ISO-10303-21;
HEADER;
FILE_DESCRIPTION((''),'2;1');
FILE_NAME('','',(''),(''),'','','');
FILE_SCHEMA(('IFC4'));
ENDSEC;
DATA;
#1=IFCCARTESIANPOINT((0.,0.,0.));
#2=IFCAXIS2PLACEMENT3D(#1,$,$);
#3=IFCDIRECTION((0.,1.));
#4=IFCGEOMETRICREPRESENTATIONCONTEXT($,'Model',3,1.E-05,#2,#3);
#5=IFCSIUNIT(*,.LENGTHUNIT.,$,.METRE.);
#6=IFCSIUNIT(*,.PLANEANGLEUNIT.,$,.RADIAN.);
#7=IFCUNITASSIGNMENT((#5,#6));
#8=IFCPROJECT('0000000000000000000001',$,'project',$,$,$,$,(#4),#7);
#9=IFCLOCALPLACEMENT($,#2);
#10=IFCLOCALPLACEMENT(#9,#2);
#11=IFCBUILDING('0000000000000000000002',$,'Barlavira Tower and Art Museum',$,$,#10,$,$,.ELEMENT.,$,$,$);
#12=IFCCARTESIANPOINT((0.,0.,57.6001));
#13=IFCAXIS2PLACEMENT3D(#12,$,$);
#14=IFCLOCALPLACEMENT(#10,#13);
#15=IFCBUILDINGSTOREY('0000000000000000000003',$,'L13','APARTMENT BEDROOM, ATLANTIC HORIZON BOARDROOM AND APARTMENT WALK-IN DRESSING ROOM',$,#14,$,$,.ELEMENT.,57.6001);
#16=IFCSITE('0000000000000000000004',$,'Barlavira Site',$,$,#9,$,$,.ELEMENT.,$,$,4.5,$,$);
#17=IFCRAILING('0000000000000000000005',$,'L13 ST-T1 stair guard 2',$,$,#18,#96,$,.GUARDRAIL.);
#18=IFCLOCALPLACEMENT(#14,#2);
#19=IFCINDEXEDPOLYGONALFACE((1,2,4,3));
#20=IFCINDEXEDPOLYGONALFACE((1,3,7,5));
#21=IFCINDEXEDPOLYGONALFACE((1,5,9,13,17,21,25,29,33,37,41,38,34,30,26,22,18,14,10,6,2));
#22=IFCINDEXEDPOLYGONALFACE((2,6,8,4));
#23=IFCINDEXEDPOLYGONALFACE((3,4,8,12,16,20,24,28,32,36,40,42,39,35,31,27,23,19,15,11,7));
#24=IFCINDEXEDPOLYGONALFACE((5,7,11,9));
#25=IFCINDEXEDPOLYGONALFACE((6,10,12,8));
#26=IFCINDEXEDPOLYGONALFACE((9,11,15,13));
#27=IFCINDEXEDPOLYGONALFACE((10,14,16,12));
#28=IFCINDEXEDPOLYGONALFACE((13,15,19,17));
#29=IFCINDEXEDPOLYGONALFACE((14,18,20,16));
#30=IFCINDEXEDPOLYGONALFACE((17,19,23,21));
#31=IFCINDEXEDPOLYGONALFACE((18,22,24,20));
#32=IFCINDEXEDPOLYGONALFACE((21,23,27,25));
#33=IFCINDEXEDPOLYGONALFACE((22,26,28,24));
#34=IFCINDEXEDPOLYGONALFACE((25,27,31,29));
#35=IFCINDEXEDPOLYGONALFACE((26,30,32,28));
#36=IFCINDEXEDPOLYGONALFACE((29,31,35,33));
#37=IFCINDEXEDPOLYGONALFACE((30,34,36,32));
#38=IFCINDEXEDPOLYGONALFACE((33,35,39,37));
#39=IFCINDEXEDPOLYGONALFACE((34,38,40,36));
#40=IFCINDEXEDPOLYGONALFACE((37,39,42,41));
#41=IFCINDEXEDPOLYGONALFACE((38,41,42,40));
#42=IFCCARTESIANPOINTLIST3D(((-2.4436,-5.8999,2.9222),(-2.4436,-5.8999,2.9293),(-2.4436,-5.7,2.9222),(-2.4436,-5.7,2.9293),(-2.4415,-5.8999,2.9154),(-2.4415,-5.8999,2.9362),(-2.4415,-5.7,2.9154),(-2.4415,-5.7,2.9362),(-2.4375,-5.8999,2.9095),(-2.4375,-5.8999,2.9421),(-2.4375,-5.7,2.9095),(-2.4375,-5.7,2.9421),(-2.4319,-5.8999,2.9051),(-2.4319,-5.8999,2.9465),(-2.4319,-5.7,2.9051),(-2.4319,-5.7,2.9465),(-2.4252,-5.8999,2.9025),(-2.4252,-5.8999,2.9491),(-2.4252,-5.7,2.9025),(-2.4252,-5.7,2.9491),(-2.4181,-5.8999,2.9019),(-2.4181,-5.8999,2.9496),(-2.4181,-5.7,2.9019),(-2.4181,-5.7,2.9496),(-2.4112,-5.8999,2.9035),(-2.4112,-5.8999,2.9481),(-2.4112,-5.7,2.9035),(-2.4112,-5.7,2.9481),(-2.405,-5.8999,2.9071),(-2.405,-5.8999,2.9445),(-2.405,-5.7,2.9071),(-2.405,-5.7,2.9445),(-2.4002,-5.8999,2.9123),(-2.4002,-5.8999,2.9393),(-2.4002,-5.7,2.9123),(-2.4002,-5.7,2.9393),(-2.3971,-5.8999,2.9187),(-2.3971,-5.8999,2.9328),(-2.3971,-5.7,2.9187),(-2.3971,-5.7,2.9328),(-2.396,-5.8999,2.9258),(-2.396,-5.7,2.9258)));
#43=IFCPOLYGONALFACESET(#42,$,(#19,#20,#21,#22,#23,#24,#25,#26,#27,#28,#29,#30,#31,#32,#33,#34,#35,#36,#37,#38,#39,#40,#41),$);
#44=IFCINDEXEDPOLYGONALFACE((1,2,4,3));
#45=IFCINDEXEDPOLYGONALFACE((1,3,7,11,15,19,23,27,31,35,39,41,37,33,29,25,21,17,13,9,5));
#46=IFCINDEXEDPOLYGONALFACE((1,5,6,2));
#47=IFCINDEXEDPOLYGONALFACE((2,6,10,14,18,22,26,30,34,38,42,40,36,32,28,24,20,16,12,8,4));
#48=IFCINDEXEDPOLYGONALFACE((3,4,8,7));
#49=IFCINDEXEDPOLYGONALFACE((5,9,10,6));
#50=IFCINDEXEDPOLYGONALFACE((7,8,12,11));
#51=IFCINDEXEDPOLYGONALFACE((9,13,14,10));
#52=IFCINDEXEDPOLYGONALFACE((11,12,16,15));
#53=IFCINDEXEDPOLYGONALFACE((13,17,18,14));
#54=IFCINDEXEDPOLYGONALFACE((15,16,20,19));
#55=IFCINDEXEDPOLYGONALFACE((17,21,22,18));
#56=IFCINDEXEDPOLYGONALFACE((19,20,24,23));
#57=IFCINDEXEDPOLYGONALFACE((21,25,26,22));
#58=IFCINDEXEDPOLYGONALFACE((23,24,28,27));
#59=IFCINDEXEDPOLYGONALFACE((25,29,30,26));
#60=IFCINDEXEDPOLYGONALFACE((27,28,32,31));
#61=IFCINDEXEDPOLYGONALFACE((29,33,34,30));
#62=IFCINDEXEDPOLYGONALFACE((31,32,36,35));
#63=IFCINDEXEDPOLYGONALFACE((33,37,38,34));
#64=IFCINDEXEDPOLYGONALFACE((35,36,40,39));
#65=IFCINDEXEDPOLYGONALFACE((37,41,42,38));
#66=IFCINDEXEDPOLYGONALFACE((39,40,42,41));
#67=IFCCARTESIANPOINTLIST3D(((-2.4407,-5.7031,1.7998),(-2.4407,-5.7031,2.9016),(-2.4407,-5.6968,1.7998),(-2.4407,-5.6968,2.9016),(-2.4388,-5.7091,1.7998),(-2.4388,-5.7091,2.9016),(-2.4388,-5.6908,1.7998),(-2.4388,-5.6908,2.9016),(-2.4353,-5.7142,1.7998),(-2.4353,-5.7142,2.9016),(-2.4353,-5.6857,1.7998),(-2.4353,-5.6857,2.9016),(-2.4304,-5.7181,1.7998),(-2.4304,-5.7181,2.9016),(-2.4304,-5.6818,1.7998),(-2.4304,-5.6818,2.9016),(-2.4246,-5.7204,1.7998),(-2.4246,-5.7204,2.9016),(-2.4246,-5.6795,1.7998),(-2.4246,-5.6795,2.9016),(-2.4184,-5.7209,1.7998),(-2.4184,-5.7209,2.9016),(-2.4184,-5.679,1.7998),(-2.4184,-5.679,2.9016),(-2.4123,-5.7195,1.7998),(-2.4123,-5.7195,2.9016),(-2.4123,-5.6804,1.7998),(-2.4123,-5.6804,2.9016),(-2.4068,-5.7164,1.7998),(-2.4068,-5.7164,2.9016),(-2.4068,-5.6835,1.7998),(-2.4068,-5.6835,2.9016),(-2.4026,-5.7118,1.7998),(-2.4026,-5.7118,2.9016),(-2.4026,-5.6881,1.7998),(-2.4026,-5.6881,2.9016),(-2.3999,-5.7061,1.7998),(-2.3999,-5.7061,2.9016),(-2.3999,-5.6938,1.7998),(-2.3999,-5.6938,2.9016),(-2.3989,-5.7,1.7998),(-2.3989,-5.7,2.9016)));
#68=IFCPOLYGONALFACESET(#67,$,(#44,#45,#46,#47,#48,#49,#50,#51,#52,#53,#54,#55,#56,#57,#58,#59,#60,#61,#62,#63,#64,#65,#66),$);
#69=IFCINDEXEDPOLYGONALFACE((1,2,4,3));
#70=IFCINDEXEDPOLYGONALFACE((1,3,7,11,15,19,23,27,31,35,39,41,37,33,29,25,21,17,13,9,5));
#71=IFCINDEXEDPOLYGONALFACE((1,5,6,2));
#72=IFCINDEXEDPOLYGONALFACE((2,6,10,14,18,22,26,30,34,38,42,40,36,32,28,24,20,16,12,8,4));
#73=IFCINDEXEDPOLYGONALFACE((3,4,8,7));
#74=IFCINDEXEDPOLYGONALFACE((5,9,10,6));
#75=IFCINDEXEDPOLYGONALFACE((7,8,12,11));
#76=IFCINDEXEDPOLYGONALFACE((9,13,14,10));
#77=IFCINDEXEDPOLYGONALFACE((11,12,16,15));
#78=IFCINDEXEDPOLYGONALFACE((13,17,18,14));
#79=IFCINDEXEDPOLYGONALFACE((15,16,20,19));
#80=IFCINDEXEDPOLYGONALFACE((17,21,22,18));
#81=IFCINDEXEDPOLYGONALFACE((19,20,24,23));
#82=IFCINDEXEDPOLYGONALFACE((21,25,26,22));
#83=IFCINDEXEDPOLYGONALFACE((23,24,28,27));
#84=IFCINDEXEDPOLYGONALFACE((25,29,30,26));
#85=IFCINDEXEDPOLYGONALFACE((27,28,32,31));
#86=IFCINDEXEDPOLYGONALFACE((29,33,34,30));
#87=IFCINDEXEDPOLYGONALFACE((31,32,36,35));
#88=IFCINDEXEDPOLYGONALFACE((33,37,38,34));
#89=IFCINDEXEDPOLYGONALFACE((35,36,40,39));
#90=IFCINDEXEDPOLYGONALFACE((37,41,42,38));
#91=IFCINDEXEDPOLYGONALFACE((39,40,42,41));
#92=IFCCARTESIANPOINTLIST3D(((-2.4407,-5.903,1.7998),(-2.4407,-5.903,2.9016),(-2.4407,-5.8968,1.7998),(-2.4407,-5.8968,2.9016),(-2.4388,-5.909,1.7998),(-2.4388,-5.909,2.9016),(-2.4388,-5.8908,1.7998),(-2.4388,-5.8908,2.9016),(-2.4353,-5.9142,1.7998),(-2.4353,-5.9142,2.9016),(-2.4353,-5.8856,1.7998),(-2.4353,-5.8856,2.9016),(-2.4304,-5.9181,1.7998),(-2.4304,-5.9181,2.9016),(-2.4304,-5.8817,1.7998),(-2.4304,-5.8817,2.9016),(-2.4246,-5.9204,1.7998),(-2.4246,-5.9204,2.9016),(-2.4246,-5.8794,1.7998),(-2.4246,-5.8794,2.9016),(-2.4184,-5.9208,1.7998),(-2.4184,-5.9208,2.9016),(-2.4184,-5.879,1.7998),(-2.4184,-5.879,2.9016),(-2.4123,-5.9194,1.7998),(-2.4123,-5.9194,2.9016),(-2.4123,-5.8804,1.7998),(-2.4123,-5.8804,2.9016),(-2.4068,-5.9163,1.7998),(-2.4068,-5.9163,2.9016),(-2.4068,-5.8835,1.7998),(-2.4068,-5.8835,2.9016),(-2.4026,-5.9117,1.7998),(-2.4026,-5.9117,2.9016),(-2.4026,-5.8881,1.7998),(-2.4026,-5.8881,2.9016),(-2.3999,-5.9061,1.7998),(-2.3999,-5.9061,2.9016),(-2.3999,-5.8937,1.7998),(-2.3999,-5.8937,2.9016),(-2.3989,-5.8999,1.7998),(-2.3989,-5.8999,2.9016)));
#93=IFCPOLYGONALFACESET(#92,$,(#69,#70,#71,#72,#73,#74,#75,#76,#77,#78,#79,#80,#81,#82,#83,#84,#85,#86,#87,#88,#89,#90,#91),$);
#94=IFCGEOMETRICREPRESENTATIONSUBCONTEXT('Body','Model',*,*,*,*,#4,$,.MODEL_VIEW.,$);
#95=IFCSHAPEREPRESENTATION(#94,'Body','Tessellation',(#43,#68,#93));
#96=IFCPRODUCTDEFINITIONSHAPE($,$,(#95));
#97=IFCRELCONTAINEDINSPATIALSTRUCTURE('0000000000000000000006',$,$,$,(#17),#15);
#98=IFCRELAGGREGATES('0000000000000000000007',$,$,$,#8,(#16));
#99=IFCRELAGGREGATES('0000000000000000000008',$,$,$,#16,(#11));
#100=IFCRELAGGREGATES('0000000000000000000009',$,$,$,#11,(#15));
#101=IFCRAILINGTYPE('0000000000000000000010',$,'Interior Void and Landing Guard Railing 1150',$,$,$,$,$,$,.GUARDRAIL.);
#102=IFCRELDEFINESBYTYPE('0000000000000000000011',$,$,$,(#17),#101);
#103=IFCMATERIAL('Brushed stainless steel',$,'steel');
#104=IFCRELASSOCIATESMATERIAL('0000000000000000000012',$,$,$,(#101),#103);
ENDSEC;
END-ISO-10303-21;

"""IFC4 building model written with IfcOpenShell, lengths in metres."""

from ifc_helpers import new_model, si_unit, direction, frame, origin, origin_2d, place, context, subcontext, project, spatial, circle, extrude, material, type_object, element, save


model = new_model("IFC4")

# Units and contexts
model_context = context("Model", 3, precision=1e-05, world=origin(), true_north=direction((0.0, 1.0)))
body_context = subcontext(model_context, "Body", "Model", "MODEL_VIEW")
ifc_project = project(units=[si_unit("LENGTHUNIT", "METRE"), si_unit("PLANEANGLEUNIT", "RADIAN")], contexts=[model_context])

# Site, building, storey
site_placement = place(None, origin())
site = spatial("IfcSite", under=ifc_project, at=site_placement, Name="Barlavira Site", CompositionType="ELEMENT", RefElevation=4.5)
building_placement = place(site_placement, origin())
building = spatial("IfcBuilding", under=site, at=building_placement, Name="Barlavira Tower and Art Museum", CompositionType="ELEMENT")
storey_placement = place(building_placement, frame((0.0, 0.0, 57.6001)))
storey = spatial("IfcBuildingStorey", under=building, at=storey_placement, Name="L13", Description="APARTMENT BEDROOM, ATLANTIC HORIZON BOARDROOM AND APARTMENT WALK-IN DRESSING ROOM", CompositionType="ELEMENT", Elevation=57.6001)

# Shared definitions
ifc_material_1 = material(Name="Brushed stainless steel", Category="steel")

# Railing
railing_type_1 = type_object("IfcRailingType", Name="Interior Void and Landing Guard Railing 1150", PredefinedType="GUARDRAIL", material=ifc_material_1)
railing_1_placement = place(storey_placement, frame((-2.4199, -5.7, 1.7998)))
element("IfcRailing", 1, at=railing_1_placement, inside=storey, type_object=railing_type_1, Name="L13 ST-T1 stair guard 2", PredefinedType="GUARDRAIL", context=body_context, shape_type="SweptSolid", body=[
    extrude(circle(Radius=0.0239, at=origin_2d()), frame((0.0, 0.0, 1.126), z_axis=(0.0, -1.0, 0.0), x_axis=(1.0, 0.0, 0.0)), (0.0, 0.0, 1.0), 0.2),
    extrude(circle(Radius=0.021, at=origin_2d()), origin(), (0.0, 0.0, 1.0), 1.1018),
    extrude(circle(Radius=0.021, at=origin_2d()), frame((0.0, -0.2, 0.0)), (0.0, 0.0, 1.0), 1.1018),
])

save(model, "model.ifc")
